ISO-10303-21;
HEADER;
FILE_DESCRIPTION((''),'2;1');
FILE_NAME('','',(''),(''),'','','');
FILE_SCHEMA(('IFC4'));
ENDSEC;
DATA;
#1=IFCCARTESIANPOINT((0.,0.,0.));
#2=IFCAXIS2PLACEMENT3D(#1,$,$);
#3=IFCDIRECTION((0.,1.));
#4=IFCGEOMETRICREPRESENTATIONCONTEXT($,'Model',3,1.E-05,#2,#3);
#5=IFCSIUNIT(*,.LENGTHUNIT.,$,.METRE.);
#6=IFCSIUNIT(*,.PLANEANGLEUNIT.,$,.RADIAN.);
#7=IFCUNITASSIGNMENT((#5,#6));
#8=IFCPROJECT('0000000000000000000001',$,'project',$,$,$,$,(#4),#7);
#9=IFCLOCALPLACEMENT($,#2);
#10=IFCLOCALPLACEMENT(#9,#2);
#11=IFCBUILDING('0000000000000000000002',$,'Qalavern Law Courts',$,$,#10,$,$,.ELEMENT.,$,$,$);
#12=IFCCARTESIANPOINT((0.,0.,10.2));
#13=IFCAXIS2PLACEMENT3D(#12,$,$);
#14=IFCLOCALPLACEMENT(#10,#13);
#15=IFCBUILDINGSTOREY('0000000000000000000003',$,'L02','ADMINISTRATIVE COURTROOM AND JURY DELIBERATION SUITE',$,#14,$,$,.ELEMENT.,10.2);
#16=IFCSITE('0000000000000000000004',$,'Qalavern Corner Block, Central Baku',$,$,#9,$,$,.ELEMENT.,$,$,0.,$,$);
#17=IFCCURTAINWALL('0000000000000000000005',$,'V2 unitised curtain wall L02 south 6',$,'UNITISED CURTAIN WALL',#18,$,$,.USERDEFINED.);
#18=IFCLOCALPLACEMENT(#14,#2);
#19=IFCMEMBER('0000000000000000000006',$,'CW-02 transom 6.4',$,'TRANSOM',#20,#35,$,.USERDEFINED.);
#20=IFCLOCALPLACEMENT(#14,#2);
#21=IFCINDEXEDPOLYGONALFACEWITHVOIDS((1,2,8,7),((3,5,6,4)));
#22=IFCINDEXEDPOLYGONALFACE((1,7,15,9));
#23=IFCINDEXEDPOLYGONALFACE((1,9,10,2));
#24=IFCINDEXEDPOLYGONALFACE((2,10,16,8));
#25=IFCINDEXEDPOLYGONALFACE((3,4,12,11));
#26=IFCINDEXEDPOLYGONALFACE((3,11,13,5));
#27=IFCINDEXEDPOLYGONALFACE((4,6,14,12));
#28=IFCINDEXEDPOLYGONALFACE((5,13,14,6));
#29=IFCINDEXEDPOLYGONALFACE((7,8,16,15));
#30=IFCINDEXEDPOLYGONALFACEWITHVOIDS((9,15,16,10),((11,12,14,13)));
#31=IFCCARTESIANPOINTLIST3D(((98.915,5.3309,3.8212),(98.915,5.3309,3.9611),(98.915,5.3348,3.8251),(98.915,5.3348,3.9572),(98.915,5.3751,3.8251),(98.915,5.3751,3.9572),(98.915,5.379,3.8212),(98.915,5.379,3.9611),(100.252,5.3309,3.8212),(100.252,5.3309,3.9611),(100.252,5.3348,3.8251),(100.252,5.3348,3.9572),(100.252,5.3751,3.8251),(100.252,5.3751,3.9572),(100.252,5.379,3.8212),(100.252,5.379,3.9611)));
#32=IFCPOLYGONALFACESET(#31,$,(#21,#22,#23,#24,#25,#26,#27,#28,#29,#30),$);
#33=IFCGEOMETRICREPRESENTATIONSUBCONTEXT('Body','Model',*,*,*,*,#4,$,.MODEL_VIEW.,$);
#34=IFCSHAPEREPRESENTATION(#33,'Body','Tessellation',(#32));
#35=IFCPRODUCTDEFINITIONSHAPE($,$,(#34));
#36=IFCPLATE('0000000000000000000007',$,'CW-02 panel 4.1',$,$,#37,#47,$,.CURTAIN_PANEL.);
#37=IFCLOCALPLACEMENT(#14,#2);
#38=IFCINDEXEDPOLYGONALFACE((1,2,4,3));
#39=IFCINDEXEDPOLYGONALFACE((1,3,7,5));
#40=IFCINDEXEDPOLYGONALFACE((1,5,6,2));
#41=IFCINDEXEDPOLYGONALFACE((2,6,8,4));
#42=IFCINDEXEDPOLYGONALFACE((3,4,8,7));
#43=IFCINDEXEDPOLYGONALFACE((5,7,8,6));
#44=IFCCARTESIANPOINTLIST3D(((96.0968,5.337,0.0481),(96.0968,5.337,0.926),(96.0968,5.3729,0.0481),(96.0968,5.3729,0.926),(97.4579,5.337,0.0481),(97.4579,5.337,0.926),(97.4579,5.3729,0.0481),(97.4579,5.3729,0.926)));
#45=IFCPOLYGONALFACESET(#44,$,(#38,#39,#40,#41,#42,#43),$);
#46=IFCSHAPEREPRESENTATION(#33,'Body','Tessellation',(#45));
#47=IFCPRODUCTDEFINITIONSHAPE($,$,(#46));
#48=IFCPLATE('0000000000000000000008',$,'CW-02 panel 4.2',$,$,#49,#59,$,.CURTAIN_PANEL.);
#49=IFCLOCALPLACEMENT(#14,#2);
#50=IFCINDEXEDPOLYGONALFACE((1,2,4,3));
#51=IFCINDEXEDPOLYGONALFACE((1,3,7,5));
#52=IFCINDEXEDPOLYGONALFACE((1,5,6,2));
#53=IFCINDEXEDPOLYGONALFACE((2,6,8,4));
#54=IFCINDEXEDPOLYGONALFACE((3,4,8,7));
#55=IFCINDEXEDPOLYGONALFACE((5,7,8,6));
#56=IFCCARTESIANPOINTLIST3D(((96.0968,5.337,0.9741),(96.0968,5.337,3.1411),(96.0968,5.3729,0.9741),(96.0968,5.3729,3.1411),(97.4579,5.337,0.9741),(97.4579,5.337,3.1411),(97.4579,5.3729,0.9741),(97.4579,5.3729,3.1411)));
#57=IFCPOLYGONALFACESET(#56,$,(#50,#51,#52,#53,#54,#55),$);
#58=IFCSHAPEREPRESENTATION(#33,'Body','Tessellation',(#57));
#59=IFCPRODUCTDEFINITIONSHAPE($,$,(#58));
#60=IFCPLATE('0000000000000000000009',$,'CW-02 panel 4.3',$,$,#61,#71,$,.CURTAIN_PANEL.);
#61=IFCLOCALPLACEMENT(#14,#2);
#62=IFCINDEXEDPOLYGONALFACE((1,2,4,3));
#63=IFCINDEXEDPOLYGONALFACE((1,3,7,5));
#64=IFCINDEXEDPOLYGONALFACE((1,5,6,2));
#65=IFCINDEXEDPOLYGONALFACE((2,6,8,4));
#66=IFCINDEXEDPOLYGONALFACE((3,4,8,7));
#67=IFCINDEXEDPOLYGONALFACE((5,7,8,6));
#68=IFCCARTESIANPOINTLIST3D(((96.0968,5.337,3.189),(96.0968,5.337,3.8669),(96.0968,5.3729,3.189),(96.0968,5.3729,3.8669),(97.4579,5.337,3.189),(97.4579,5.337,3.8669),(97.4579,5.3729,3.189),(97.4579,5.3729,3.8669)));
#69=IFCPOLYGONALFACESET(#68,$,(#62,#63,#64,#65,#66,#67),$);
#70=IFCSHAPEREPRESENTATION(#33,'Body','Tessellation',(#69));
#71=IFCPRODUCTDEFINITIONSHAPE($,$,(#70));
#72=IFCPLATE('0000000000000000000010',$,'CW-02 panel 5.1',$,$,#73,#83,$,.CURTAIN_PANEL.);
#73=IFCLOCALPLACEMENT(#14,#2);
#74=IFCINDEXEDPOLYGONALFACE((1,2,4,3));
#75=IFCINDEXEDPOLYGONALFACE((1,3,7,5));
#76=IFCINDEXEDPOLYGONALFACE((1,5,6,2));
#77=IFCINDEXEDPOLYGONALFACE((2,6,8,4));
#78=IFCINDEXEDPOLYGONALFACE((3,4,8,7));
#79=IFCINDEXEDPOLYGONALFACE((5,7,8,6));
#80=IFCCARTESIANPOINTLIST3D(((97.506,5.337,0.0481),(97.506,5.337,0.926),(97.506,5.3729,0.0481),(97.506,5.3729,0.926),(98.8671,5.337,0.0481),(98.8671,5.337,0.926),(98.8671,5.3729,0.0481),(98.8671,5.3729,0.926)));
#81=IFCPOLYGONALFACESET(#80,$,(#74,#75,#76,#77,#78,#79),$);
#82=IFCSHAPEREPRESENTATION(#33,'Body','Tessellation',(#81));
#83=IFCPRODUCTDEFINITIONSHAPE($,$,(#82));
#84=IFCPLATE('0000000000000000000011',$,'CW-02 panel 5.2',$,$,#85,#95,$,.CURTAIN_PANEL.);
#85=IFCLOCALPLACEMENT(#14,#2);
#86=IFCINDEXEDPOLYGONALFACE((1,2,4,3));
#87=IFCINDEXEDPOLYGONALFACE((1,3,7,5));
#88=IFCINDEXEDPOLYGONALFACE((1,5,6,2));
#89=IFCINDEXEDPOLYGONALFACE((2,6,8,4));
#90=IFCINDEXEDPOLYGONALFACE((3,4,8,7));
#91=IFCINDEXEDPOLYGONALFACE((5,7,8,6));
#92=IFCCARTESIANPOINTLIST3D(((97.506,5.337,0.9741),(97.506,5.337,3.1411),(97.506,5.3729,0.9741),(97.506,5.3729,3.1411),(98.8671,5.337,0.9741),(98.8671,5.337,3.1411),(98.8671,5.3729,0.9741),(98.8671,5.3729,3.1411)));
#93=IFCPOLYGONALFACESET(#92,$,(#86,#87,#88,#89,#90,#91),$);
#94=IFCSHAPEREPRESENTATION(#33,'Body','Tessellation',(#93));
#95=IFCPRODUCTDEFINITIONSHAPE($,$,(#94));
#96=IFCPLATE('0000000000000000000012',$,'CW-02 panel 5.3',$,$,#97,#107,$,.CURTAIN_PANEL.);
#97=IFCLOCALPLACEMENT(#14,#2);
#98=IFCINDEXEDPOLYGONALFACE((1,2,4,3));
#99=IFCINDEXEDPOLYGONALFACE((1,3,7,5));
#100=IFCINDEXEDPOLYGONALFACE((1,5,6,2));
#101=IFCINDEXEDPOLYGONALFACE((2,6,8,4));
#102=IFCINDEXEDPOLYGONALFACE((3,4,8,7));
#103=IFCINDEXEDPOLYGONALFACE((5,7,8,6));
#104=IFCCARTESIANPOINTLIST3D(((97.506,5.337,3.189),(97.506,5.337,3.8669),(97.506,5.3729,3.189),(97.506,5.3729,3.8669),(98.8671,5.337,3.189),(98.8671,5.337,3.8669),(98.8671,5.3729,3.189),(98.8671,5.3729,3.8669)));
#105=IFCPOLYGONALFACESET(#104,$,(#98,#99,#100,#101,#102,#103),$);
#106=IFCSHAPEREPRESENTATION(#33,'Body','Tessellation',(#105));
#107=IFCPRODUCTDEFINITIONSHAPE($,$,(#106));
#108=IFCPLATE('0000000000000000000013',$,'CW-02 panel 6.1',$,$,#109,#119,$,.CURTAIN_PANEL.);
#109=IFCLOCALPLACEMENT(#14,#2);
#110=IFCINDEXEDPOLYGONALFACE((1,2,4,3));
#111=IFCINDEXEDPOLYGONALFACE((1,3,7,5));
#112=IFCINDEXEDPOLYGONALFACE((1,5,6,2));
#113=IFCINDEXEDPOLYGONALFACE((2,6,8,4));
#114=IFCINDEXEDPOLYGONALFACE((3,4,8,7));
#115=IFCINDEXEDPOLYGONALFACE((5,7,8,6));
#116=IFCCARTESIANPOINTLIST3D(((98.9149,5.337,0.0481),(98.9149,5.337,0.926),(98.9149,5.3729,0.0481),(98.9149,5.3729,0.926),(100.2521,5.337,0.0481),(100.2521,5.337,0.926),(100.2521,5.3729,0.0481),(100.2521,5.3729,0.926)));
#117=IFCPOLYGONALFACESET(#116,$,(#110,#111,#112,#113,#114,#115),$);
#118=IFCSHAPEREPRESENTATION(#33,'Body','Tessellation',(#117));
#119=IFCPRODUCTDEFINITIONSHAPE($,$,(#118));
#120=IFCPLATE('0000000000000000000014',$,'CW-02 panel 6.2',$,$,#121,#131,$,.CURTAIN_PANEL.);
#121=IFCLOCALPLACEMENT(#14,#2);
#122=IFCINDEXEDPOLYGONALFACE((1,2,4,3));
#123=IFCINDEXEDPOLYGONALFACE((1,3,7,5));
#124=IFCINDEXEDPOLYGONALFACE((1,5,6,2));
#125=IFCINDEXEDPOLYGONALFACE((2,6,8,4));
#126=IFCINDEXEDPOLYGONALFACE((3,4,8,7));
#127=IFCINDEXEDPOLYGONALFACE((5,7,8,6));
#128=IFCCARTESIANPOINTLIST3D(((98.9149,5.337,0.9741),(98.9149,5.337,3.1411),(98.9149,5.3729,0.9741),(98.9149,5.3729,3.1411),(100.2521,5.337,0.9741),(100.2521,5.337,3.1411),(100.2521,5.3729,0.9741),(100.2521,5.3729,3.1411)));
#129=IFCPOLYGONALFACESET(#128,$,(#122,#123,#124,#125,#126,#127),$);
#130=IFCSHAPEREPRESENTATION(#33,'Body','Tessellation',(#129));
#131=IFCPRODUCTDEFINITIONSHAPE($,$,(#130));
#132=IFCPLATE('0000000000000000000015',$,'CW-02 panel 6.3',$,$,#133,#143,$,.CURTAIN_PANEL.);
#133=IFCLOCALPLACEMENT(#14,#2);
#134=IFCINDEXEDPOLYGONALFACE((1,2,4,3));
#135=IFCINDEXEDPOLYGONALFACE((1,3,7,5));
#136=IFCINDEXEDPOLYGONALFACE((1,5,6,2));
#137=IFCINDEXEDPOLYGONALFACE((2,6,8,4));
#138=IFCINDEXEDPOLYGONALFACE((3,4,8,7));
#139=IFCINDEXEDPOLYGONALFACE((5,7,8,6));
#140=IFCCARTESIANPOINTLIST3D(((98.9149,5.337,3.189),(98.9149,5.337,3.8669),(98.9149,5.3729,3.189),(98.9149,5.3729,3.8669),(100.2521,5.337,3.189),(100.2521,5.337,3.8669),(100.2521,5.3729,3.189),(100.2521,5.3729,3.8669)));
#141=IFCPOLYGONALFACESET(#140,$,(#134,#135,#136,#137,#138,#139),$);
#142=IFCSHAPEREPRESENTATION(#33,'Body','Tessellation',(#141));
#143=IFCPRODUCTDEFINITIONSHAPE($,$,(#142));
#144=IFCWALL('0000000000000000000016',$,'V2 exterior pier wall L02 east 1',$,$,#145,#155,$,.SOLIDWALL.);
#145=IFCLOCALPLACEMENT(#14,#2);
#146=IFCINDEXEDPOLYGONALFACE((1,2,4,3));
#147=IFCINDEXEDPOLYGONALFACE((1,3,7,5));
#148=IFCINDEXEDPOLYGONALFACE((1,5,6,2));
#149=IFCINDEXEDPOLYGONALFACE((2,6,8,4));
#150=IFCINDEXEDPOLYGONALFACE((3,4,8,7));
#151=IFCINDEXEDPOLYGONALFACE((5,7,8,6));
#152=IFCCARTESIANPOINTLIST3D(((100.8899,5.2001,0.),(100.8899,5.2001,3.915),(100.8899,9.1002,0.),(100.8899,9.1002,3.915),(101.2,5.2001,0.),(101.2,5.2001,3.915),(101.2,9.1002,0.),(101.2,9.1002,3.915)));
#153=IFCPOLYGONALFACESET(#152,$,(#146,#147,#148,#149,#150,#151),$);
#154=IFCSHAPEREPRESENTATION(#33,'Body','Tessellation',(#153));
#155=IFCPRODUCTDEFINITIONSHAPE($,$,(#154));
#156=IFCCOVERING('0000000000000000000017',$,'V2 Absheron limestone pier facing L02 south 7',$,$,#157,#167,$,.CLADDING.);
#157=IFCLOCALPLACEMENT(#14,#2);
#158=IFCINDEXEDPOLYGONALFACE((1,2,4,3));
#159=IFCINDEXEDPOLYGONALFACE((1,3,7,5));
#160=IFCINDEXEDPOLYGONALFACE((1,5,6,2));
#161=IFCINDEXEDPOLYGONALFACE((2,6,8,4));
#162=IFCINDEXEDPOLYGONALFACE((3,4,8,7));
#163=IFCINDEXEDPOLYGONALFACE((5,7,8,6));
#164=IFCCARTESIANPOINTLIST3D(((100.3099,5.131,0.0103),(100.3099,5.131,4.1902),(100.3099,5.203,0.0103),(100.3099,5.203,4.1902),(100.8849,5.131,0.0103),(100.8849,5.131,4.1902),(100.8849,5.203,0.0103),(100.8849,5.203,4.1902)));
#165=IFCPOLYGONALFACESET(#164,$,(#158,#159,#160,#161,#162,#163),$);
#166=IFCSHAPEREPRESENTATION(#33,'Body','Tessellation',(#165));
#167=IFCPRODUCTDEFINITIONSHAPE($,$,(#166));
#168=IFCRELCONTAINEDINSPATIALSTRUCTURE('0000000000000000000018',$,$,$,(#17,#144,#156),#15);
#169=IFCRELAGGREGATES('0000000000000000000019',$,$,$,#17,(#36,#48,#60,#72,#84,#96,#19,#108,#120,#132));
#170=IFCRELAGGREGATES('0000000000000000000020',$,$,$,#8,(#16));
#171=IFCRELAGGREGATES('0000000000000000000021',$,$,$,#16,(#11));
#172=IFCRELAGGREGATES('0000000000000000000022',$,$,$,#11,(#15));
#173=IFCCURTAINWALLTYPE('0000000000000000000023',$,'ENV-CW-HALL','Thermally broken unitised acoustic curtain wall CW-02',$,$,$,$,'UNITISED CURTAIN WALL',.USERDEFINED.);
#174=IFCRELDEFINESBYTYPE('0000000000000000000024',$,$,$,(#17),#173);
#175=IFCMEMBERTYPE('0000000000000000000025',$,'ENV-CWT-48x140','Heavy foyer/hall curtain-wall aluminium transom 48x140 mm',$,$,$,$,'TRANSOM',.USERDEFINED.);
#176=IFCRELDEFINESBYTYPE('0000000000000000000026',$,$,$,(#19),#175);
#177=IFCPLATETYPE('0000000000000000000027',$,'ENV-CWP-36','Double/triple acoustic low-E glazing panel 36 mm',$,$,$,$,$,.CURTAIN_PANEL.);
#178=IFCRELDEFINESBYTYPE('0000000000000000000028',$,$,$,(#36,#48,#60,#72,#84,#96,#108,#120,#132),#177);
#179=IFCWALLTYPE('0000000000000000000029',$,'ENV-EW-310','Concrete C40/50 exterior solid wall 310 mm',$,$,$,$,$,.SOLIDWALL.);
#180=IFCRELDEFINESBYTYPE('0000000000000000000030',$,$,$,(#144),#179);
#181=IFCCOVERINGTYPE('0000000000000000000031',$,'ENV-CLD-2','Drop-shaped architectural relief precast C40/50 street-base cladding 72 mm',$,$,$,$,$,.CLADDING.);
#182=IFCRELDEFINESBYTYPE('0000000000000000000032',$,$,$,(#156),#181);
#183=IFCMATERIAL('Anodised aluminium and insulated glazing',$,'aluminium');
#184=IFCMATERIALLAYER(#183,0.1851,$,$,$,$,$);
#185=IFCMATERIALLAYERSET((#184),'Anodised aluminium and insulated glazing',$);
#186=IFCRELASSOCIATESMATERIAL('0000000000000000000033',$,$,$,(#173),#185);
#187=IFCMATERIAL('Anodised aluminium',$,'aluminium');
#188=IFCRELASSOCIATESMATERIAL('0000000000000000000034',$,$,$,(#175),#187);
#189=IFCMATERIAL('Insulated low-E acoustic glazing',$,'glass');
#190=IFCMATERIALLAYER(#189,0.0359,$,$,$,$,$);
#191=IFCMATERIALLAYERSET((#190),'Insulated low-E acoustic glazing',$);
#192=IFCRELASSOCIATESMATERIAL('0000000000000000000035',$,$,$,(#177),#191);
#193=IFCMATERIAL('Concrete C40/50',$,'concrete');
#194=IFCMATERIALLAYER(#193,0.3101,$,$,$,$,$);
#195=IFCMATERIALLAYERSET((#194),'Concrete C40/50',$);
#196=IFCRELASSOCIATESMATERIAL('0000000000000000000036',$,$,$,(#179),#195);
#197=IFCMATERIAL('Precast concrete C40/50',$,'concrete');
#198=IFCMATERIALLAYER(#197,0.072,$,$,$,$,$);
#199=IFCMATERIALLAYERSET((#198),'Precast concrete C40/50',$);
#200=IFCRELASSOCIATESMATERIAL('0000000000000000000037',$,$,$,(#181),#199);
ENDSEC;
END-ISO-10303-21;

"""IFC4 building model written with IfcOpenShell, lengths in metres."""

from ifc_helpers import new_model, si_unit, direction, frame, frame_2d, origin, origin_2d, place, context, subcontext, project, spatial, rectangle, hollow_rectangle, extrude, material, layer, layer_set, material_profile, profile_set, type_object, element, aggregate, save


model = new_model("IFC4")

# Units and contexts
model_context = context("Model", 3, precision=1e-05, world=origin(), true_north=direction((0.0, 1.0)))
body_context = subcontext(model_context, "Body", "Model", "MODEL_VIEW")
ifc_project = project(units=[si_unit("LENGTHUNIT", "METRE"), si_unit("PLANEANGLEUNIT", "RADIAN")], contexts=[model_context])

# Site, building, storey
site_placement = place(None, origin())
site = spatial("IfcSite", under=ifc_project, at=site_placement, Name="Qalavern Corner Block, Central Baku", CompositionType="ELEMENT", RefElevation=0.0)
building_placement = place(site_placement, origin())
building = spatial("IfcBuilding", under=site, at=building_placement, Name="Qalavern Law Courts", CompositionType="ELEMENT")
storey_placement = place(building_placement, frame((0.0, 0.0, 10.2)))
storey = spatial("IfcBuildingStorey", under=building, at=storey_placement, Name="L02", Description="ADMINISTRATIVE COURTROOM AND JURY DELIBERATION SUITE", CompositionType="ELEMENT", Elevation=10.2)

# Curtain wall, member, plates
ifc_material_1 = material(Name="Anodised aluminium and insulated glazing", Category="aluminium")
ifc_layer_1 = layer(ifc_material_1, 0.1851)
ifc_layer_set_1 = layer_set([ifc_layer_1], Name="Anodised aluminium and insulated glazing")
curtain_wall_type = type_object("IfcCurtainWallType", Name="ENV-CW-HALL", Description="Thermally broken unitised acoustic curtain wall CW-02", ElementType="UNITISED CURTAIN WALL", PredefinedType="USERDEFINED", material=ifc_layer_set_1)
curtain_wall_placement = place(storey_placement, origin())
curtain_wall = element("IfcCurtainWall", 1, at=curtain_wall_placement, inside=storey, type_object=curtain_wall_type, Name="V2 unitised curtain wall L02 south 6", ObjectType="UNITISED CURTAIN WALL", PredefinedType="USERDEFINED")
ifc_material_2 = material(Name="Anodised aluminium", Category="aluminium")
ifc_material_profile_1 = material_profile(ifc_material_2, hollow_rectangle(XDim=0.0481, YDim=0.1399, WallThickness=0.0039, at=origin_2d()), Name="ALU TRANSOM 48x140")
ifc_profile_set_1 = profile_set([ifc_material_profile_1], Name="Anodised aluminium")
member_type_1 = type_object("IfcMemberType", Name="ENV-CWT-48x140", Description="Heavy foyer/hall curtain-wall aluminium transom 48x140 mm", ElementType="TRANSOM", PredefinedType="USERDEFINED", material=ifc_profile_set_1)
member_1_placement = place(storey_placement, frame((98.915, 5.355, 3.8911), z_axis=(1.0, 0.0, 0.0), x_axis=(0.0, 1.0, 0.0)))
member_1 = element("IfcMember", 2, at=member_1_placement, type_object=member_type_1, Name="CW-02 transom 6.4", ObjectType="TRANSOM", PredefinedType="USERDEFINED", context=body_context, shape_type="SweptSolid", body=[
    extrude(hollow_rectangle(XDim=0.0481, YDim=0.1399, WallThickness=0.0039, at=origin_2d()), origin(), (0.0, 0.0, 1.0), 1.3369),
])
ifc_material_3 = material(Name="Insulated low-E acoustic glazing", Category="glass")
ifc_layer_2 = layer(ifc_material_3, 0.0359)
ifc_layer_set_2 = layer_set([ifc_layer_2], Name="Insulated low-E acoustic glazing")
plate_type = type_object("IfcPlateType", Name="ENV-CWP-36", Description="Double/triple acoustic low-E glazing panel 36 mm", PredefinedType="CURTAIN_PANEL", material=ifc_layer_set_2)
plate_1_placement = place(storey_placement, frame((96.7773, 5.355, 0.0481), z_axis=(0.0, 0.0, 1.0), x_axis=(1.0, 0.0, 0.0)))
plate_1 = element("IfcPlate", 3, at=plate_1_placement, type_object=plate_type, Name="CW-02 panel 4.1", PredefinedType="CURTAIN_PANEL", context=body_context, shape_type="SweptSolid", body=[
    extrude(rectangle(XDim=1.3611, YDim=0.0359, at=origin_2d()), origin(), (0.0, 0.0, 1.0), 0.8779),
])
plate_2_placement = place(storey_placement, frame((96.7773, 5.355, 0.9741), z_axis=(0.0, 0.0, 1.0), x_axis=(1.0, 0.0, 0.0)))
plate_2 = element("IfcPlate", 4, at=plate_2_placement, type_object=plate_type, Name="CW-02 panel 4.2", PredefinedType="CURTAIN_PANEL", context=body_context, shape_type="SweptSolid", body=[
    extrude(rectangle(XDim=1.3611, YDim=0.0359, at=origin_2d()), origin(), (0.0, 0.0, 1.0), 2.167),
])
plate_3_placement = place(storey_placement, frame((96.7773, 5.355, 3.189), z_axis=(0.0, 0.0, 1.0), x_axis=(1.0, 0.0, 0.0)))
plate_3 = element("IfcPlate", 5, at=plate_3_placement, type_object=plate_type, Name="CW-02 panel 4.3", PredefinedType="CURTAIN_PANEL", context=body_context, shape_type="SweptSolid", body=[
    extrude(rectangle(XDim=1.3611, YDim=0.0359, at=origin_2d()), origin(), (0.0, 0.0, 1.0), 0.678),
])
plate_4_placement = place(storey_placement, frame((98.1865, 5.355, 0.0481), z_axis=(0.0, 0.0, 1.0), x_axis=(1.0, 0.0, 0.0)))
plate_4 = element("IfcPlate", 6, at=plate_4_placement, type_object=plate_type, Name="CW-02 panel 5.1", PredefinedType="CURTAIN_PANEL", context=body_context, shape_type="SweptSolid", body=[
    extrude(rectangle(XDim=1.3611, YDim=0.0359, at=origin_2d()), origin(), (0.0, 0.0, 1.0), 0.8779),
])
plate_5_placement = place(storey_placement, frame((98.1865, 5.355, 0.9741), z_axis=(0.0, 0.0, 1.0), x_axis=(1.0, 0.0, 0.0)))
plate_5 = element("IfcPlate", 7, at=plate_5_placement, type_object=plate_type, Name="CW-02 panel 5.2", PredefinedType="CURTAIN_PANEL", context=body_context, shape_type="SweptSolid", body=[
    extrude(rectangle(XDim=1.3611, YDim=0.0359, at=origin_2d()), origin(), (0.0, 0.0, 1.0), 2.167),
])
plate_6_placement = place(storey_placement, frame((98.1865, 5.355, 3.189), z_axis=(0.0, 0.0, 1.0), x_axis=(1.0, 0.0, 0.0)))
plate_6 = element("IfcPlate", 8, at=plate_6_placement, type_object=plate_type, Name="CW-02 panel 5.3", PredefinedType="CURTAIN_PANEL", context=body_context, shape_type="SweptSolid", body=[
    extrude(rectangle(XDim=1.3611, YDim=0.0359, at=origin_2d()), origin(), (0.0, 0.0, 1.0), 0.678),
])
plate_7_placement = place(storey_placement, frame((99.5835, 5.355, 0.0481), z_axis=(0.0, 0.0, 1.0), x_axis=(1.0, 0.0, 0.0)))
plate_7 = element("IfcPlate", 9, at=plate_7_placement, type_object=plate_type, Name="CW-02 panel 6.1", PredefinedType="CURTAIN_PANEL", context=body_context, shape_type="SweptSolid", body=[
    extrude(rectangle(XDim=1.3372, YDim=0.0359, at=origin_2d()), origin(), (0.0, 0.0, 1.0), 0.8779),
])
plate_8_placement = place(storey_placement, frame((99.5835, 5.355, 0.9741), z_axis=(0.0, 0.0, 1.0), x_axis=(1.0, 0.0, 0.0)))
plate_8 = element("IfcPlate", 10, at=plate_8_placement, type_object=plate_type, Name="CW-02 panel 6.2", PredefinedType="CURTAIN_PANEL", context=body_context, shape_type="SweptSolid", body=[
    extrude(rectangle(XDim=1.3372, YDim=0.0359, at=origin_2d()), origin(), (0.0, 0.0, 1.0), 2.167),
])
plate_9_placement = place(storey_placement, frame((99.5835, 5.355, 3.189), z_axis=(0.0, 0.0, 1.0), x_axis=(1.0, 0.0, 0.0)))
plate_9 = element("IfcPlate", 11, at=plate_9_placement, type_object=plate_type, Name="CW-02 panel 6.3", PredefinedType="CURTAIN_PANEL", context=body_context, shape_type="SweptSolid", body=[
    extrude(rectangle(XDim=1.3372, YDim=0.0359, at=origin_2d()), origin(), (0.0, 0.0, 1.0), 0.678),
])
aggregate(curtain_wall, [plate_1, plate_2, plate_3, plate_4, plate_5, plate_6, member_1, plate_7, plate_8, plate_9])

# Wall
ifc_material_4 = material(Name="Concrete C40/50", Category="concrete")
ifc_layer_3 = layer(ifc_material_4, 0.3101)
ifc_layer_set_3 = layer_set([ifc_layer_3], Name="Concrete C40/50")
wall_type = type_object("IfcWallType", Name="ENV-EW-310", Description="Concrete C40/50 exterior solid wall 310 mm", PredefinedType="SOLIDWALL", material=ifc_layer_set_3)
wall_placement = place(storey_placement, frame((101.0449, 5.2, 0.0), z_axis=(0.0, 0.0, 1.0), x_axis=(0.0, 1.0, 0.0)))
element("IfcWall", 12, at=wall_placement, inside=storey, type_object=wall_type, Name="V2 exterior pier wall L02 east 1", PredefinedType="SOLIDWALL", context=body_context, shape_type="SweptSolid", body=[
    extrude(rectangle(XDim=3.9001, YDim=0.3101, at=frame_2d((1.9502, 0.0))), origin(), (0.0, 0.0, 1.0), 3.915),
])

# Covering
ifc_material_5 = material(Name="Precast concrete C40/50", Category="concrete")
ifc_layer_4 = layer(ifc_material_5, 0.072)
ifc_layer_set_4 = layer_set([ifc_layer_4], Name="Precast concrete C40/50")
covering_type = type_object("IfcCoveringType", Name="ENV-CLD-2", Description="Drop-shaped architectural relief precast C40/50 street-base cladding 72 mm", PredefinedType="CLADDING", material=ifc_layer_set_4)
covering_placement = place(storey_placement, frame((100.5974, 5.167, 0.0103), z_axis=(0.0, 0.0, 1.0), x_axis=(1.0, 0.0, 0.0)))
element("IfcCovering", 13, at=covering_placement, inside=storey, type_object=covering_type, Name="V2 Absheron limestone pier facing L02 south 7", PredefinedType="CLADDING", context=body_context, shape_type="SweptSolid", body=[
    extrude(rectangle(XDim=0.575, YDim=0.072, at=origin_2d()), origin(), (0.0, 0.0, 1.0), 4.1799),
])

save(model, "model.ifc")
